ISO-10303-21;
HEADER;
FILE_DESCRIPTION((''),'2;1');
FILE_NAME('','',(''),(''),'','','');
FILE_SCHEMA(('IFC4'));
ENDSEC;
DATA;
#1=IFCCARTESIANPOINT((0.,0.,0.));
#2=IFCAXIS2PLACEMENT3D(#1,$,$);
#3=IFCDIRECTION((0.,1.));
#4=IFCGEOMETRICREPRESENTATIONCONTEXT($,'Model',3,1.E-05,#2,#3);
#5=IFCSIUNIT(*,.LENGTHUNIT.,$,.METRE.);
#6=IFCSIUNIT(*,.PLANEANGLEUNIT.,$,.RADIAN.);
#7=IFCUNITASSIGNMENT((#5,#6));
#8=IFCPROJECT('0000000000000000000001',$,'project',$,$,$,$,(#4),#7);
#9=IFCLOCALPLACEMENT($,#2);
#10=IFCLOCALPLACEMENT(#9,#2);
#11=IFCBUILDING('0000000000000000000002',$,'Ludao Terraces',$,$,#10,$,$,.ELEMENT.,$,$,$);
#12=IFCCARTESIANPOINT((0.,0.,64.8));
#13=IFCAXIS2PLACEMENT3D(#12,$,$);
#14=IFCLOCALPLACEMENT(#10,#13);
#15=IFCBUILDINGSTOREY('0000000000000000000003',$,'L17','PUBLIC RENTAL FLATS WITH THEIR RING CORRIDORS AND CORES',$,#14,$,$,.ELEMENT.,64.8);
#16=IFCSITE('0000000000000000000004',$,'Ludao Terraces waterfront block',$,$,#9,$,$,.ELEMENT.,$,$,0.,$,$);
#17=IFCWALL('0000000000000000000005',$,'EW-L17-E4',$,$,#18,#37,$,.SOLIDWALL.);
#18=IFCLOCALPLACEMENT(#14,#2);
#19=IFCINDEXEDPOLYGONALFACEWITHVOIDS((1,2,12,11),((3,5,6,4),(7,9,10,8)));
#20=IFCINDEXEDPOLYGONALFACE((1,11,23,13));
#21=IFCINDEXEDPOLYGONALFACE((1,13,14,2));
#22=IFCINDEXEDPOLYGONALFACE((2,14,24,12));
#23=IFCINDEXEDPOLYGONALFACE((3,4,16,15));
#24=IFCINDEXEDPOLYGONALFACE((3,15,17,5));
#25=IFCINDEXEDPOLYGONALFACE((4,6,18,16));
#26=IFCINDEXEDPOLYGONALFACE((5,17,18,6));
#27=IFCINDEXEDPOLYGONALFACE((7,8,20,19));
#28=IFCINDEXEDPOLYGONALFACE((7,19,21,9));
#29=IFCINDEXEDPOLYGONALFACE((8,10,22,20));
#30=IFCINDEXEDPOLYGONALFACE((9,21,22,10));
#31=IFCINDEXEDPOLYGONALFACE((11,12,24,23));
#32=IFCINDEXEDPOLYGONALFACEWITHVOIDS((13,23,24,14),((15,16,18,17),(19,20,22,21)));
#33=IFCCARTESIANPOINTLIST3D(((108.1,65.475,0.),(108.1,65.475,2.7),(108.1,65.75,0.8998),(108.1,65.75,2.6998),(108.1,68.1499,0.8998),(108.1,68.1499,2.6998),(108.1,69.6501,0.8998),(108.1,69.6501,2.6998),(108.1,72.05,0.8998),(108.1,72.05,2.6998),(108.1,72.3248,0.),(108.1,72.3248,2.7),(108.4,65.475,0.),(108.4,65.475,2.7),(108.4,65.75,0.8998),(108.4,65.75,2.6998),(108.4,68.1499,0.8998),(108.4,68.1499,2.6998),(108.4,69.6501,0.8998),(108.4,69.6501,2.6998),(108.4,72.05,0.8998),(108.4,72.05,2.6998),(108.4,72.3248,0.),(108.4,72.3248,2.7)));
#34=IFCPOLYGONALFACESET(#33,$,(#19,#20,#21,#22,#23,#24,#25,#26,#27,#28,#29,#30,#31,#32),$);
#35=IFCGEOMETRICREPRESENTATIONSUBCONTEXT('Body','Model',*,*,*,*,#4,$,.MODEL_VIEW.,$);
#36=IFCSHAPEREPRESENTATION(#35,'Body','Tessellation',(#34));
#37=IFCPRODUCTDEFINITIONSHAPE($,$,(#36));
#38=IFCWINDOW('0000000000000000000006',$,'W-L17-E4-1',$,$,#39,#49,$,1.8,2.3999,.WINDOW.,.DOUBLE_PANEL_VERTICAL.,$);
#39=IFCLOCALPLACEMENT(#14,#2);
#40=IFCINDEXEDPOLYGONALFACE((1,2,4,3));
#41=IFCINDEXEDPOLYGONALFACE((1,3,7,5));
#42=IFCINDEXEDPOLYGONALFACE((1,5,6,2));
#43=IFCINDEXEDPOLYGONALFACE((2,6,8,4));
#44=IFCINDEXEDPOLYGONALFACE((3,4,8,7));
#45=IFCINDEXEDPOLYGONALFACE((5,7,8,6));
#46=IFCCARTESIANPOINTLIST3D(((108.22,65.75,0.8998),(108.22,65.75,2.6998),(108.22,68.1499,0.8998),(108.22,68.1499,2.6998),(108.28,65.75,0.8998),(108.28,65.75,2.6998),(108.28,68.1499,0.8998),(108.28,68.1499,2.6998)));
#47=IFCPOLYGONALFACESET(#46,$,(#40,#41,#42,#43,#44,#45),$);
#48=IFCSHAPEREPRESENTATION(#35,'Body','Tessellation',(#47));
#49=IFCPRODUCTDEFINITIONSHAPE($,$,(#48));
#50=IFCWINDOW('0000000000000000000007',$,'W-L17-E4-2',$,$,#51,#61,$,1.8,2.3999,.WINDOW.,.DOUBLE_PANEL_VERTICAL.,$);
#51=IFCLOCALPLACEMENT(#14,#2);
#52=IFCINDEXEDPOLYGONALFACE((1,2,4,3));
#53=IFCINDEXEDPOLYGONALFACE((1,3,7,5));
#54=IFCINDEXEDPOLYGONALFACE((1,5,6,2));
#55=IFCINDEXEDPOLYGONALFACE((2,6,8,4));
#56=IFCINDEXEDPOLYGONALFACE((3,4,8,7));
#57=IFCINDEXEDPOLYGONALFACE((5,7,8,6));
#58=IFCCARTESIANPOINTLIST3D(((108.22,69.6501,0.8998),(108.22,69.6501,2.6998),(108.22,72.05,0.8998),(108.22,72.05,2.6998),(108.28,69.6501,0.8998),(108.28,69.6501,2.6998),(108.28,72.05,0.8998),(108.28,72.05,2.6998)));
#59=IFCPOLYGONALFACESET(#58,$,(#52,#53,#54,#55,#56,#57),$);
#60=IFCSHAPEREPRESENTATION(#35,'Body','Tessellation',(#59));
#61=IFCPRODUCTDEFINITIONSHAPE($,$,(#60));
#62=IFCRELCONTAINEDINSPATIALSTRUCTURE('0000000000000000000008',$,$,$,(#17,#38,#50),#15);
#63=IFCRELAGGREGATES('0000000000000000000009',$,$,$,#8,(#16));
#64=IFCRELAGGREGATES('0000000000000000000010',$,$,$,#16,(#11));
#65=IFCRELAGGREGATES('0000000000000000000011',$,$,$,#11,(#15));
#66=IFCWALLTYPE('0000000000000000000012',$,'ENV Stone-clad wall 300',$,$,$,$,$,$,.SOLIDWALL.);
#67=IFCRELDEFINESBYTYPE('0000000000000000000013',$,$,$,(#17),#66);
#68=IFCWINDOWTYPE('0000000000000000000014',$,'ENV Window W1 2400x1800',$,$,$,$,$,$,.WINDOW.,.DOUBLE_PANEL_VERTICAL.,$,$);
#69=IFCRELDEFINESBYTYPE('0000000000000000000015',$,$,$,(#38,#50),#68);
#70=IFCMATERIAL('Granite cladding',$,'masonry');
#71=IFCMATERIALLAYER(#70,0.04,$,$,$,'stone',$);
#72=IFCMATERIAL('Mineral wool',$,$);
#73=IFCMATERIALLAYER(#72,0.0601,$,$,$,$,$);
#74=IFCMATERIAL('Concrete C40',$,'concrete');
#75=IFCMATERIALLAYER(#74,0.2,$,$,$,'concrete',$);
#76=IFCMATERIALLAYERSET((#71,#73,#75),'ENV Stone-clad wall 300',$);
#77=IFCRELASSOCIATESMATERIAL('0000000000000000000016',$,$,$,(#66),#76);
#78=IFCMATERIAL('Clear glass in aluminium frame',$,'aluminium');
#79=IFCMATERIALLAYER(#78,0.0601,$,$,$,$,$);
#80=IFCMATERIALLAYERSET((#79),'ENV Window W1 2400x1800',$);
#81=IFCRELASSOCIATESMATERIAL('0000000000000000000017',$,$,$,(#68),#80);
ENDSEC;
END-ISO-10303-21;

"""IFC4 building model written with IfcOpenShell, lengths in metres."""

from ifc_helpers import new_model, si_unit, direction, frame, frame_2d, origin, place, context, subcontext, project, spatial, rectangle, extrude, material, layer, layer_set, type_object, element, fill, save


model = new_model("IFC4")

# Units and contexts
model_context = context("Model", 3, precision=1e-05, world=origin(), true_north=direction((0.0, 1.0)))
body_context = subcontext(model_context, "Body", "Model", "MODEL_VIEW")
ifc_project = project(units=[si_unit("LENGTHUNIT", "METRE"), si_unit("PLANEANGLEUNIT", "RADIAN")], contexts=[model_context])

# Site, building, storey
site_placement = place(None, origin())
site = spatial("IfcSite", under=ifc_project, at=site_placement, Name="Ludao Terraces waterfront block", CompositionType="ELEMENT", RefElevation=0.0)
building_placement = place(site_placement, origin())
building = spatial("IfcBuilding", under=site, at=building_placement, Name="Ludao Terraces", CompositionType="ELEMENT")
storey_placement = place(building_placement, frame((0.0, 0.0, 64.8)))
storey = spatial("IfcBuildingStorey", under=building, at=storey_placement, Name="L17", Description="PUBLIC RENTAL FLATS WITH THEIR RING CORRIDORS AND CORES", CompositionType="ELEMENT", Elevation=64.8)

# Shared definitions
ifc_material_1 = material(Name="Concrete C40", Category="concrete")

# Wall, openings, windows
ifc_material_2 = material(Name="Granite cladding", Category="masonry")
ifc_layer_1 = layer(ifc_material_2, 0.04, Category="stone")
ifc_material_3 = material(Name="Mineral wool")
ifc_layer_2 = layer(ifc_material_3, 0.0601)
ifc_layer_3 = layer(ifc_material_1, 0.2, Category="concrete")
ifc_layer_set_1 = layer_set([ifc_layer_1, ifc_layer_2, ifc_layer_3], Name="ENV Stone-clad wall 300")
wall_type_1 = type_object("IfcWallType", Name="ENV Stone-clad wall 300", PredefinedType="SOLIDWALL", material=ifc_layer_set_1)
wall_1_placement = place(storey_placement, frame((108.25, 65.4751, 0.0), z_axis=(0.0, 0.0, 1.0), x_axis=(0.0, 1.0, 0.0)))
wall_1 = element("IfcWall", 1, at=wall_1_placement, inside=storey, type_object=wall_type_1, Name="EW-L17-E4", PredefinedType="SOLIDWALL", context=body_context, shape_type="SweptSolid", body=[
    extrude(rectangle(XDim=6.8499, YDim=0.3, at=frame_2d((3.4248, 0.0))), origin(), (0.0, 0.0, 1.0), 2.7),
])
opening_1_placement = place(wall_1_placement, frame((0.2749, 0.0, 0.8999)))
opening_1 = element("IfcOpeningElement", 2, at=opening_1_placement, cuts=wall_1, PredefinedType="OPENING", context=body_context, shape_type="SweptSolid", body=[
    extrude(rectangle(XDim=2.3999, YDim=1.8, at=frame_2d((1.2, 0.8999))), frame((0.0, 0.1602, 0.0), z_axis=(0.0, -1.0, 0.0), x_axis=(1.0, 0.0, 0.0)), (0.0, 0.0, 1.0), 0.3201),
])
opening_2_placement = place(wall_1_placement, frame((4.175, 0.0, 0.8999)))
opening_2 = element("IfcOpeningElement", 3, at=opening_2_placement, cuts=wall_1, PredefinedType="OPENING", context=body_context, shape_type="SweptSolid", body=[
    extrude(rectangle(XDim=2.3999, YDim=1.8, at=frame_2d((1.2, 0.8999))), frame((0.0, 0.1602, 0.0), z_axis=(0.0, -1.0, 0.0), x_axis=(1.0, 0.0, 0.0)), (0.0, 0.0, 1.0), 0.3201),
])
ifc_material_4 = material(Name="Clear glass in aluminium frame", Category="aluminium")
ifc_layer_4 = layer(ifc_material_4, 0.0601)
ifc_layer_set_2 = layer_set([ifc_layer_4], Name="ENV Window W1 2400x1800")
window_type = type_object("IfcWindowType", Name="ENV Window W1 2400x1800", PartitioningType="DOUBLE_PANEL_VERTICAL", PredefinedType="WINDOW", material=ifc_layer_set_2)
window_1_placement = place(opening_1_placement, origin())
window_1 = element("IfcWindow", 4, at=window_1_placement, inside=storey, type_object=window_type, Name="W-L17-E4-1", OverallHeight=1.8, OverallWidth=2.3999, PartitioningType="DOUBLE_PANEL_VERTICAL", PredefinedType="WINDOW", context=body_context, shape_type="SweptSolid", body=[
    extrude(rectangle(XDim=2.3999, YDim=1.8, at=frame_2d((1.2, 0.8999))), frame((0.0, 0.03, 0.0), z_axis=(0.0, -1.0, 0.0), x_axis=(1.0, 0.0, 0.0)), (0.0, 0.0, 1.0), 0.0601),
])
fill(opening_1, window_1)
window_2_placement = place(opening_2_placement, origin())
window_2 = element("IfcWindow", 5, at=window_2_placement, inside=storey, type_object=window_type, Name="W-L17-E4-2", OverallHeight=1.8, OverallWidth=2.3999, PartitioningType="DOUBLE_PANEL_VERTICAL", PredefinedType="WINDOW", context=body_context, shape_type="SweptSolid", body=[
    extrude(rectangle(XDim=2.3999, YDim=1.8, at=frame_2d((1.2, 0.8999))), frame((0.0, 0.03, 0.0), z_axis=(0.0, -1.0, 0.0), x_axis=(1.0, 0.0, 0.0)), (0.0, 0.0, 1.0), 0.0601),
])
fill(opening_2, window_2)

save(model, "model.ifc")
